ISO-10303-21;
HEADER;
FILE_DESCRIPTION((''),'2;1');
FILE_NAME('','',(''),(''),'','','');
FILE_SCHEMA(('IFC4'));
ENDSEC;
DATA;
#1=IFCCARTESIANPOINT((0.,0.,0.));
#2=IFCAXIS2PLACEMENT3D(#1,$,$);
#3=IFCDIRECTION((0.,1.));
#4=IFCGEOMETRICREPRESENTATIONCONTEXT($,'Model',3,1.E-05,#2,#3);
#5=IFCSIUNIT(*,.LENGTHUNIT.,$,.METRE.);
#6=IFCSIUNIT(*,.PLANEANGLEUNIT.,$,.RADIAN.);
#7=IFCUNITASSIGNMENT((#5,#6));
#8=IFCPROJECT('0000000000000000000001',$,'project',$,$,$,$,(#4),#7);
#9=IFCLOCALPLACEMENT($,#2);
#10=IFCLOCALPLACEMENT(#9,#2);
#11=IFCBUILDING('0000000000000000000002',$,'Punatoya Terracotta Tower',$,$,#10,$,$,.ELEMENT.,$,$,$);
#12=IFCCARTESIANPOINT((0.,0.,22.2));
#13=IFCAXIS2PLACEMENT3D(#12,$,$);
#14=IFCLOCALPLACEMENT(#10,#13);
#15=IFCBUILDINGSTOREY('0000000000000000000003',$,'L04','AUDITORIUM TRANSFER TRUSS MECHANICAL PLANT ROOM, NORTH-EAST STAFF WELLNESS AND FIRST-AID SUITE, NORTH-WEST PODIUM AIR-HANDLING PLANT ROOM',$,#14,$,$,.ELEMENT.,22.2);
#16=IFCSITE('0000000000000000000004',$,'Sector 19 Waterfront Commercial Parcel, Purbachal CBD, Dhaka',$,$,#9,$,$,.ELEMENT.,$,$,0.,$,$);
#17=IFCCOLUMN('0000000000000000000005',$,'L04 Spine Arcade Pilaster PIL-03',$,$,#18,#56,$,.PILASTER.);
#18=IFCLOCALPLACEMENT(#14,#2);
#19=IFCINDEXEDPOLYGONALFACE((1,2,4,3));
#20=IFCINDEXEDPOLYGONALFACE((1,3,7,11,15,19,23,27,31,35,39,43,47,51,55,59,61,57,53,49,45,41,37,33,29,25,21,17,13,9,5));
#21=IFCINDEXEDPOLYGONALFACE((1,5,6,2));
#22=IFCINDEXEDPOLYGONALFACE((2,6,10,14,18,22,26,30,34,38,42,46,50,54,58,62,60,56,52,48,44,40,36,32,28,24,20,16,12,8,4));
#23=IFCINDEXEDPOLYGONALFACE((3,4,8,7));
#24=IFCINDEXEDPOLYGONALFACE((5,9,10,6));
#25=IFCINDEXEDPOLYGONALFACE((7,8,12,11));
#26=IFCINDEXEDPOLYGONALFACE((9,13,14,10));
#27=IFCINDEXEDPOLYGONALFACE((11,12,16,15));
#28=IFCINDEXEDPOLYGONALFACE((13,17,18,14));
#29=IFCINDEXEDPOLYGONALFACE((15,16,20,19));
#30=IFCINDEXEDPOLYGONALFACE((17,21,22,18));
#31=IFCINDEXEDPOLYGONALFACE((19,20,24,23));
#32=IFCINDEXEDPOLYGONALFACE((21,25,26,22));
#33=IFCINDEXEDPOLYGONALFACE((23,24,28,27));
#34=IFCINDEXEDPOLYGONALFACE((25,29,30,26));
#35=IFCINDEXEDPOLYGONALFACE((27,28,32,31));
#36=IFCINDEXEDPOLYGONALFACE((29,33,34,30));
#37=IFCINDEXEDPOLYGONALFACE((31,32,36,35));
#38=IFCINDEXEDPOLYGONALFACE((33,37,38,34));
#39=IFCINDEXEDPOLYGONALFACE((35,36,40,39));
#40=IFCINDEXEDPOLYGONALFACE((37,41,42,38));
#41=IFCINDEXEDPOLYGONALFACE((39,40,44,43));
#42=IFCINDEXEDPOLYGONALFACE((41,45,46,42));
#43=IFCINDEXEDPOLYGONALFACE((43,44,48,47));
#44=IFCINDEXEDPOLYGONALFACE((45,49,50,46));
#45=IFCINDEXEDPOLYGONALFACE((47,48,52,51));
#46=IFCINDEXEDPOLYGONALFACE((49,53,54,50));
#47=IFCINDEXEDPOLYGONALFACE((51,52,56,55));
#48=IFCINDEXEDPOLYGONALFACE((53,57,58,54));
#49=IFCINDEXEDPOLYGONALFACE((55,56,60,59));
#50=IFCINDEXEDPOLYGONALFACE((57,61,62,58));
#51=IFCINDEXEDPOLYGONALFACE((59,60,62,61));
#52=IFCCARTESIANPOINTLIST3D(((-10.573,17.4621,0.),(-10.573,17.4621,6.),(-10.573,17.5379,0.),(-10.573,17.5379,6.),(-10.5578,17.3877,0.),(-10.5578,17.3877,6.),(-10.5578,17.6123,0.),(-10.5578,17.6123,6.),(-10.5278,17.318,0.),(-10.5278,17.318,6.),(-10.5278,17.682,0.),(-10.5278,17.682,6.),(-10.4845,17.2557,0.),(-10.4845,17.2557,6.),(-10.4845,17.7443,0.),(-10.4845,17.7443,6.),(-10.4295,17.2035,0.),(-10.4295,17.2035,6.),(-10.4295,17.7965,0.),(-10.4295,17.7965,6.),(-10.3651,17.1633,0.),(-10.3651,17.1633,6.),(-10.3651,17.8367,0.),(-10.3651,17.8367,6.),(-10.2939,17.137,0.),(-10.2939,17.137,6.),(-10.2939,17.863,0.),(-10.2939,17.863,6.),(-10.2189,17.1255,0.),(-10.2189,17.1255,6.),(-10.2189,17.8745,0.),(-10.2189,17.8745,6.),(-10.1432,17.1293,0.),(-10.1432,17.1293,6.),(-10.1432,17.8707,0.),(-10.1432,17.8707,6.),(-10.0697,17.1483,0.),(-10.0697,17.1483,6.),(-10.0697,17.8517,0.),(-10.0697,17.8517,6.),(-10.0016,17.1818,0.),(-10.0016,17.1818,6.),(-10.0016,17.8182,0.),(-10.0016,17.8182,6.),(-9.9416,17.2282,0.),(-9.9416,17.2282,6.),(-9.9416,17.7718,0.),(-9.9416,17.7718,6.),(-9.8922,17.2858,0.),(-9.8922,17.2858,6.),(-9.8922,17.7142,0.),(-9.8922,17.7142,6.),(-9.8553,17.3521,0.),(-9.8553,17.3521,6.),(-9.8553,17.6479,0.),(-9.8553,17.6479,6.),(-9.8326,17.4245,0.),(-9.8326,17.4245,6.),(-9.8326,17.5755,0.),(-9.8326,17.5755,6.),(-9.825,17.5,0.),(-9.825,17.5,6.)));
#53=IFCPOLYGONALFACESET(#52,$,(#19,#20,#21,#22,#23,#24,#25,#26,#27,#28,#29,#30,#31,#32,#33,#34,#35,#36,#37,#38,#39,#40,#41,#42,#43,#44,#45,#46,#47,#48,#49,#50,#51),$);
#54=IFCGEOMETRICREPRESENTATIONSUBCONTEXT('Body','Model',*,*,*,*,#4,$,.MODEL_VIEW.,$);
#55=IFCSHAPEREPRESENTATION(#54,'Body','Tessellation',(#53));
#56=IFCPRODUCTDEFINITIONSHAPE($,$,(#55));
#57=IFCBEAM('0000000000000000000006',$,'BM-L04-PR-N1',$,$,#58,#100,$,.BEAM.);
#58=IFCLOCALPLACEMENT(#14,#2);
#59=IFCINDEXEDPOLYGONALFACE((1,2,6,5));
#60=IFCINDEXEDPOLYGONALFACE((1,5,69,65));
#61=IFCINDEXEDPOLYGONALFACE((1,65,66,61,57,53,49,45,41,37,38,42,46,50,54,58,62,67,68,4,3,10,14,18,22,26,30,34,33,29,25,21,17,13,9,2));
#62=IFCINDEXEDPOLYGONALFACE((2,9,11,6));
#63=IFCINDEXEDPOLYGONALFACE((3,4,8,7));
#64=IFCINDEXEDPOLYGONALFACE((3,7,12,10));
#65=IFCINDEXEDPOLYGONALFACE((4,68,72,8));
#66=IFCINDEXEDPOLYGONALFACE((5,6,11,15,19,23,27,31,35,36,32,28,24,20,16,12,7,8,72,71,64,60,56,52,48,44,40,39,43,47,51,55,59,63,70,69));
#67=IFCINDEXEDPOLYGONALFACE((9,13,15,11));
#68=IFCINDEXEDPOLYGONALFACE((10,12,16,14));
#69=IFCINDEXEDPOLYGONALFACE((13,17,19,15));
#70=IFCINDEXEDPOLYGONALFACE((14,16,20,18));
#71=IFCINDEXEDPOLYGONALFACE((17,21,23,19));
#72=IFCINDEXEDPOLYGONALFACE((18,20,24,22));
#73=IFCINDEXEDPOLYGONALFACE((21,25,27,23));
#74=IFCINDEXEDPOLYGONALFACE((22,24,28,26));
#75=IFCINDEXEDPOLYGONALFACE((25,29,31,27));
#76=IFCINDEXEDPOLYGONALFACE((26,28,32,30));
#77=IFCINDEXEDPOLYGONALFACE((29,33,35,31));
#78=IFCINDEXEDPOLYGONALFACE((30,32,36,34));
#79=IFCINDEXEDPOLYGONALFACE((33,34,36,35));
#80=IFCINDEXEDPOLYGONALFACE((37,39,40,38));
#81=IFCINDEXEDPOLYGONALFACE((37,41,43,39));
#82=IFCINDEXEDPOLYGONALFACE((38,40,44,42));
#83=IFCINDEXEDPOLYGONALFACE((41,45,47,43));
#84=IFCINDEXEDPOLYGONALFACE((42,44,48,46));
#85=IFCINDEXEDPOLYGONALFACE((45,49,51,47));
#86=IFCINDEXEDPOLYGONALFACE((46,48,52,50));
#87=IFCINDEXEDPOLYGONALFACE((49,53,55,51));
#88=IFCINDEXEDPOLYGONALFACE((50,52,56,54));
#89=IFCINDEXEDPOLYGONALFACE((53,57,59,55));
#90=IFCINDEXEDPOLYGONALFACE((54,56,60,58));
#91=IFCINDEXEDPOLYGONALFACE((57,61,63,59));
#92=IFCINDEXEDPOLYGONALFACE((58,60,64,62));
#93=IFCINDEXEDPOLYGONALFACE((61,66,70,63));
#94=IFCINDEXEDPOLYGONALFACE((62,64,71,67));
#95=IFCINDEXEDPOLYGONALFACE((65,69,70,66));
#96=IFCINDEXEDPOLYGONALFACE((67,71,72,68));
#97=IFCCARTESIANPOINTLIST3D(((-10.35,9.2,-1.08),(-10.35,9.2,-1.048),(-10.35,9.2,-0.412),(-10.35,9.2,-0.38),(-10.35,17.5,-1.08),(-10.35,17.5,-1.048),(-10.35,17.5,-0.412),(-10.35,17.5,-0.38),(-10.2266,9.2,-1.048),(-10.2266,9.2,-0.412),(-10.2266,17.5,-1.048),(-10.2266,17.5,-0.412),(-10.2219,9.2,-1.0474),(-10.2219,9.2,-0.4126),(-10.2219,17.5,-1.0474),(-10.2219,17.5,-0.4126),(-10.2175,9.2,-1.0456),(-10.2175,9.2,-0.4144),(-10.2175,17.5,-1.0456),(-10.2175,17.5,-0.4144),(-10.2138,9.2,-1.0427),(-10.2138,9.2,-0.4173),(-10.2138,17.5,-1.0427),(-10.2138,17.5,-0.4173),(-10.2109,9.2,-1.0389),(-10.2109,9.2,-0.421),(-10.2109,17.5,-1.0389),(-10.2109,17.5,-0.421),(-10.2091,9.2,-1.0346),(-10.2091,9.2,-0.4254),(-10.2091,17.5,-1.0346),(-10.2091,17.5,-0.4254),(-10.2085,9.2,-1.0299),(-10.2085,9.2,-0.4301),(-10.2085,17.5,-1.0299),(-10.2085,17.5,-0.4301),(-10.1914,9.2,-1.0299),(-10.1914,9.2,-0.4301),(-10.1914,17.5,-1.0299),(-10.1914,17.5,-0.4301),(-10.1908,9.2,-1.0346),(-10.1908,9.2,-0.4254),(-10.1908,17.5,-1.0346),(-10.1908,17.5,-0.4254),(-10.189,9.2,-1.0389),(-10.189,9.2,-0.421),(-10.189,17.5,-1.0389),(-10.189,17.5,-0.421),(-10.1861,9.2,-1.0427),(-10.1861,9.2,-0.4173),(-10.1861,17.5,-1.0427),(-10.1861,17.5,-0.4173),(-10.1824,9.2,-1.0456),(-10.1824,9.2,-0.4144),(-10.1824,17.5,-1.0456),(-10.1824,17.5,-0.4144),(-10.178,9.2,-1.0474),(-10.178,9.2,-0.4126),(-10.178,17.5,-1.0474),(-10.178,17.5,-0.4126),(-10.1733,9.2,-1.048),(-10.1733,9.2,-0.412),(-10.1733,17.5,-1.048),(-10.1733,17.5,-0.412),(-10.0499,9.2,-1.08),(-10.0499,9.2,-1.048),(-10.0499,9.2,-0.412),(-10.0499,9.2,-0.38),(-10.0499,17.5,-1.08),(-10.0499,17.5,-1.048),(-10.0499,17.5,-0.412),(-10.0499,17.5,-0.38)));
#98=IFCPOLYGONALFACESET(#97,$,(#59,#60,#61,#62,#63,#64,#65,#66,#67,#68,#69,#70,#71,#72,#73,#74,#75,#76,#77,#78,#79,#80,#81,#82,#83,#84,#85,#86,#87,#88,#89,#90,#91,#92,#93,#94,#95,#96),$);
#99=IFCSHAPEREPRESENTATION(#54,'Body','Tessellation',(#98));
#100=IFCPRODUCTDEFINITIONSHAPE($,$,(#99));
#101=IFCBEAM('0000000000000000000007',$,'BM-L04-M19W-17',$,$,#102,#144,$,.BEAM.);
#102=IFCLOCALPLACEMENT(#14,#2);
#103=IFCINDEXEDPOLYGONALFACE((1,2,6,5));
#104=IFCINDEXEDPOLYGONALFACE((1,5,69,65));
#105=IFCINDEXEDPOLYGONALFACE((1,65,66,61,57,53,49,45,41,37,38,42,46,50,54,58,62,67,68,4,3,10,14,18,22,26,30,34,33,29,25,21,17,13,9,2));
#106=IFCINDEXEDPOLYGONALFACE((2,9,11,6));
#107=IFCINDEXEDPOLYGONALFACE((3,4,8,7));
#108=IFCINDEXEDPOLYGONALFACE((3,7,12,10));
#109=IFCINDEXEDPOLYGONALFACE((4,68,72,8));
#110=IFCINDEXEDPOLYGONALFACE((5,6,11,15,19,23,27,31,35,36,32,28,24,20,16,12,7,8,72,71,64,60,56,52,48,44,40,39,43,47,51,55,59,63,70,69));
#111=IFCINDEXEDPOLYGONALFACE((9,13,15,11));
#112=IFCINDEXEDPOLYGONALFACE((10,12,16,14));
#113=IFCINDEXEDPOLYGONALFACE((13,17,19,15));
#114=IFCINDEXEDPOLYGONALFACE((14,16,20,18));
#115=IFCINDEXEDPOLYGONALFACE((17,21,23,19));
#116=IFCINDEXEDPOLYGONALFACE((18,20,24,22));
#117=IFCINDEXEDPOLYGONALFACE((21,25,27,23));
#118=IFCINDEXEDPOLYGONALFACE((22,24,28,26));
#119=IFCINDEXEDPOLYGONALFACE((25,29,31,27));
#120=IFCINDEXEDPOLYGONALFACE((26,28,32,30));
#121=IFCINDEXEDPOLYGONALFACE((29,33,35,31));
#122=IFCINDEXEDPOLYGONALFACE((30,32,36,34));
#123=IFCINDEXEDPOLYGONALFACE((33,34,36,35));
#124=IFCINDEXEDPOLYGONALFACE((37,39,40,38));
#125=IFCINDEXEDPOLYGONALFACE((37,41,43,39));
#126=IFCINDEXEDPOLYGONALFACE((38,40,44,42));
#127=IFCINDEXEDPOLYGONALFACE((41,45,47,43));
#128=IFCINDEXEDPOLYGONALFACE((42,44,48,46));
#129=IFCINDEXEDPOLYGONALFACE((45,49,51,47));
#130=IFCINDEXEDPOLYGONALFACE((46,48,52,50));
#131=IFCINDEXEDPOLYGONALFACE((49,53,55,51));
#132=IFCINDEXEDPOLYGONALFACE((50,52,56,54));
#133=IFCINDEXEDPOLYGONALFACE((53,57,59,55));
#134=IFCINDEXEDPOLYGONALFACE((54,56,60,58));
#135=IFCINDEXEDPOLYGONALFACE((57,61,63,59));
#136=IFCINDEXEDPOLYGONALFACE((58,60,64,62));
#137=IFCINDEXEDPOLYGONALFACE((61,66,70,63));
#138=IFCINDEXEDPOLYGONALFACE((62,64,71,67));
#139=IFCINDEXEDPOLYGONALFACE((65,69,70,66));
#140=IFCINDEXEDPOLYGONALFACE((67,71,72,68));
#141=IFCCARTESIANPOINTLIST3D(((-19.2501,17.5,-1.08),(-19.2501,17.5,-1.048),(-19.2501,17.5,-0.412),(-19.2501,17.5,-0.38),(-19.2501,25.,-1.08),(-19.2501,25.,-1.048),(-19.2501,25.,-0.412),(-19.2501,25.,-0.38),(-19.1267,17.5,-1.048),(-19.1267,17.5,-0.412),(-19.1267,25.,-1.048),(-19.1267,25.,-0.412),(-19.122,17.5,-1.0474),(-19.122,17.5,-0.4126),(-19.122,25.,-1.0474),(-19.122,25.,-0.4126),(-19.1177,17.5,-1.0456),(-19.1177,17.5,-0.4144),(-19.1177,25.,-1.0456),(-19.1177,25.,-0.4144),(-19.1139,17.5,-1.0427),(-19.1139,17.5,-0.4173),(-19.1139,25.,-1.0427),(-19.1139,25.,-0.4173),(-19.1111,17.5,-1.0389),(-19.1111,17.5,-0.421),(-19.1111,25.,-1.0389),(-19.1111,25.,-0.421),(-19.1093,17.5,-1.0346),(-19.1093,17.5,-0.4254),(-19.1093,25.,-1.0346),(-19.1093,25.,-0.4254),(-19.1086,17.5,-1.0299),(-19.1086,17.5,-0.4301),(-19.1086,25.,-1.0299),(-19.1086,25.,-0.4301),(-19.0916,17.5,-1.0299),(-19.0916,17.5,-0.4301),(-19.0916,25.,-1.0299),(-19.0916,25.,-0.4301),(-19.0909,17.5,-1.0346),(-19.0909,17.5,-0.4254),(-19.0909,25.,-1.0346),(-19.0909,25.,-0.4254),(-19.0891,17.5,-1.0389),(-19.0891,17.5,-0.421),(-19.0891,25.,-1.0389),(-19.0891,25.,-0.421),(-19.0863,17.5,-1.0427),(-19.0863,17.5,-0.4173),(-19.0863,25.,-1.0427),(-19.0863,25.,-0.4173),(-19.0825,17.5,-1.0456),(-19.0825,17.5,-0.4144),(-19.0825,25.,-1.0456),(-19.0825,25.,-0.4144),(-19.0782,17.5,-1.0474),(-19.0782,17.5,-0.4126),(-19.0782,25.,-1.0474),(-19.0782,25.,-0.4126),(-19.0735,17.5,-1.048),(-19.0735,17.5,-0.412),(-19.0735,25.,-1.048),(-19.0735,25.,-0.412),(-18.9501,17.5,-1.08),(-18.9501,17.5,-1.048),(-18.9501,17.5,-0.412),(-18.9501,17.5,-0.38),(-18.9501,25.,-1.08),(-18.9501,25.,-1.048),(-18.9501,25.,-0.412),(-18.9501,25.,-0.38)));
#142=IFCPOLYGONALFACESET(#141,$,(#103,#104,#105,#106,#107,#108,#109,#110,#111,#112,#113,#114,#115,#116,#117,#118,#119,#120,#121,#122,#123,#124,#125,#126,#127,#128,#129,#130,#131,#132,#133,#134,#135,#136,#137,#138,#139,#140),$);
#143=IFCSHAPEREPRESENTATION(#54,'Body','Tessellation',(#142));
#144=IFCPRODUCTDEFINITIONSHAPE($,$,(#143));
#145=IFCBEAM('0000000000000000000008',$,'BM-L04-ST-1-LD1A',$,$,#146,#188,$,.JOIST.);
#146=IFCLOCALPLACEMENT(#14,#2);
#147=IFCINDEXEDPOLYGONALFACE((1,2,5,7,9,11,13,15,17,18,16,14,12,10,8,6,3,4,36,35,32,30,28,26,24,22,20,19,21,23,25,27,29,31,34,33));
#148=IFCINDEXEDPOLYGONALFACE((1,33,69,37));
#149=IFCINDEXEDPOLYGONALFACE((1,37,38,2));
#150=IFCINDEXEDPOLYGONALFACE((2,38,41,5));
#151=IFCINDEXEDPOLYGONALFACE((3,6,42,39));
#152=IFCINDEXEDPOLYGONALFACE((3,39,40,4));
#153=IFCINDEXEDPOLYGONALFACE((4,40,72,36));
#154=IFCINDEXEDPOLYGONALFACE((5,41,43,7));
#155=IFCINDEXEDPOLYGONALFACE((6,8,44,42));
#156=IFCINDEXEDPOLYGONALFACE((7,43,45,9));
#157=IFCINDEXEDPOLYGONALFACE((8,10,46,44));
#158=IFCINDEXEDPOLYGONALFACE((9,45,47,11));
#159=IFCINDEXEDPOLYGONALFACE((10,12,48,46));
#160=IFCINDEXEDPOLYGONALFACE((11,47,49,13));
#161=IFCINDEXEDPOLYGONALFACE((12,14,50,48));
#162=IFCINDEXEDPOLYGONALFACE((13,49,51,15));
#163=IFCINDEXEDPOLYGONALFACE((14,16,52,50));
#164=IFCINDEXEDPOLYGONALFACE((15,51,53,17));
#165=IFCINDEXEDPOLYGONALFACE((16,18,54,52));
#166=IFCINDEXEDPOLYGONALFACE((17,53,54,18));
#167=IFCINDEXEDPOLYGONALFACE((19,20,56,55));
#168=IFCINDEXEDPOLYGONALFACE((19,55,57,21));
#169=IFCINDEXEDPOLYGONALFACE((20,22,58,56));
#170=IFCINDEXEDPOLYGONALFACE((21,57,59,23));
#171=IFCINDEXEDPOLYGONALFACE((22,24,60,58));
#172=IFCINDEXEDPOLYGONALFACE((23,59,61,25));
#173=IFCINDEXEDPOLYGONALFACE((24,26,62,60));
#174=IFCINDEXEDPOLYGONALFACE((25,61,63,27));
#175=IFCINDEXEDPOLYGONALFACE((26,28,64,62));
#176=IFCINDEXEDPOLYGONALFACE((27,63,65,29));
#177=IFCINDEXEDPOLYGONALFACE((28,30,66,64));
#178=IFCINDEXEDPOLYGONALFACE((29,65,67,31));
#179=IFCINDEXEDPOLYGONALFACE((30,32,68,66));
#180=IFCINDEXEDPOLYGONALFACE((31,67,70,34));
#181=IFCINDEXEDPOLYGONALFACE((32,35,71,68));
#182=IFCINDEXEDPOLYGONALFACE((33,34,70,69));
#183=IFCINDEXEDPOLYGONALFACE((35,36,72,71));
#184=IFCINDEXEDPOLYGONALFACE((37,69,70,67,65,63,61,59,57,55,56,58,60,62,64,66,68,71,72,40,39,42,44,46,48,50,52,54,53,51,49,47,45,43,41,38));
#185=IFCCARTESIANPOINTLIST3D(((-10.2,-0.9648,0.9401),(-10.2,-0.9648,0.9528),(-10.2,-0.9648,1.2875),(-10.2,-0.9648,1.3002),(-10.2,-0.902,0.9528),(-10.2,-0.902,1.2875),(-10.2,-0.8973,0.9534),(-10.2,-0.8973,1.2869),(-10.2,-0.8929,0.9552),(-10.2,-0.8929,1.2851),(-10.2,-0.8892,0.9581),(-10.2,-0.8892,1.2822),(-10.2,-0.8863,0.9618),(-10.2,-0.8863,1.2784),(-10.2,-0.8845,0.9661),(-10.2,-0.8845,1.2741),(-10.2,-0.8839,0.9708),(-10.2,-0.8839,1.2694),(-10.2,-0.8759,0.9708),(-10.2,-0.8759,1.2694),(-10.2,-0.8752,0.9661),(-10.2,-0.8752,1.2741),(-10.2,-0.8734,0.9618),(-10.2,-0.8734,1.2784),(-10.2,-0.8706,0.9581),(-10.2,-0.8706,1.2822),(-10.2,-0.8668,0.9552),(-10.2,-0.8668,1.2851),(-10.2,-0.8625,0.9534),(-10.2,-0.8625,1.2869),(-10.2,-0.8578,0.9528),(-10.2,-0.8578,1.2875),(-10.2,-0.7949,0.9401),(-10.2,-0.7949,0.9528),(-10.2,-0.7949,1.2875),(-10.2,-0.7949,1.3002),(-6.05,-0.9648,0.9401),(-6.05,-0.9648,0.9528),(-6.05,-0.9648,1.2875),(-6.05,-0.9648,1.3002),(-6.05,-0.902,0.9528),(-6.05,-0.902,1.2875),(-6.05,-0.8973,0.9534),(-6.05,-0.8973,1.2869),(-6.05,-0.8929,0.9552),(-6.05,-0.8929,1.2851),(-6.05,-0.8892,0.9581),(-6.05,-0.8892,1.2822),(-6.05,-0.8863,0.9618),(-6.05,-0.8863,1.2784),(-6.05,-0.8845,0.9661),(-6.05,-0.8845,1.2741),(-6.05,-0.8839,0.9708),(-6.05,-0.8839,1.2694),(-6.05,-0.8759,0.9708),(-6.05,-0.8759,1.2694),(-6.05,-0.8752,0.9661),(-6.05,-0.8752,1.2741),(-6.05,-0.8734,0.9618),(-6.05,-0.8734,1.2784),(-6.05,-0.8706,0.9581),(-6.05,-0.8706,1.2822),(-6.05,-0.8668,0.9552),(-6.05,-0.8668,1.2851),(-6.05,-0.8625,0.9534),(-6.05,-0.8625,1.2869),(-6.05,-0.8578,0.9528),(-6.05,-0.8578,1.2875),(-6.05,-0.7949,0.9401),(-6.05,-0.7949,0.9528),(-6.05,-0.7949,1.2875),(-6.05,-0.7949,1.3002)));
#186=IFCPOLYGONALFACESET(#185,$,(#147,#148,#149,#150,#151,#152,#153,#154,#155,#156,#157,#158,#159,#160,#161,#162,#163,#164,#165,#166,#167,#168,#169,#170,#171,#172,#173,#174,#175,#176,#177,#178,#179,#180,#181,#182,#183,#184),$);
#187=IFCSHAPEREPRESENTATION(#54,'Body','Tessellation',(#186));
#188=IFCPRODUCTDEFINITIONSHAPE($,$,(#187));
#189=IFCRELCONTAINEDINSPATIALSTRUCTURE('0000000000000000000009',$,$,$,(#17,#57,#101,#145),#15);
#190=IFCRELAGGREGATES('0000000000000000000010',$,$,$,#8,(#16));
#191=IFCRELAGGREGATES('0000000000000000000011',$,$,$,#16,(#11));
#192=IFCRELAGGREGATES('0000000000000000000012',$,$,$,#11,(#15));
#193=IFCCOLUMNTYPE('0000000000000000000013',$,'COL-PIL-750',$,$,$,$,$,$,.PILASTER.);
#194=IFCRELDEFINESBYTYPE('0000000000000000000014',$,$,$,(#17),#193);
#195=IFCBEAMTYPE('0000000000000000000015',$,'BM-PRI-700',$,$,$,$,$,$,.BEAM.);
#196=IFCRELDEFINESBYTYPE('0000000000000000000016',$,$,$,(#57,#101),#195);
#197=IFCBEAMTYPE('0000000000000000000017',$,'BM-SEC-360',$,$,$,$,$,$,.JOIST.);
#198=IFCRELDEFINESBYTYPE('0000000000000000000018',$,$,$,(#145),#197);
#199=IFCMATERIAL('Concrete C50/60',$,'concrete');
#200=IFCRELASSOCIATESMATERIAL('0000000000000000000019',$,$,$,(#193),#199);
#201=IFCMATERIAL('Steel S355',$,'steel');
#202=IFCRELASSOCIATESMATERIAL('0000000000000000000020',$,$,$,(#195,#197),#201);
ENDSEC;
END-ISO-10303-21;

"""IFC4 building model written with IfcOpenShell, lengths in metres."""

from ifc_helpers import new_model, si_unit, direction, frame, origin, origin_2d, place, context, subcontext, project, spatial, circle, i_section, extrude, material, material_profile, profile_set, type_object, element, save


model = new_model("IFC4")

# Units and contexts
model_context = context("Model", 3, precision=1e-05, world=origin(), true_north=direction((0.0, 1.0)))
body_context = subcontext(model_context, "Body", "Model", "MODEL_VIEW")
ifc_project = project(units=[si_unit("LENGTHUNIT", "METRE"), si_unit("PLANEANGLEUNIT", "RADIAN")], contexts=[model_context])

# Site, building, storey
site_placement = place(None, origin())
site = spatial("IfcSite", under=ifc_project, at=site_placement, Name="Sector 19 Waterfront Commercial Parcel, Purbachal CBD, Dhaka", CompositionType="ELEMENT", RefElevation=0.0)
building_placement = place(site_placement, origin())
building = spatial("IfcBuilding", under=site, at=building_placement, Name="Punatoya Terracotta Tower", CompositionType="ELEMENT")
storey_placement = place(building_placement, frame((0.0, 0.0, 22.2)))
storey = spatial("IfcBuildingStorey", under=building, at=storey_placement, Name="L04", Description="AUDITORIUM TRANSFER TRUSS MECHANICAL PLANT ROOM, NORTH-EAST STAFF WELLNESS AND FIRST-AID SUITE, NORTH-WEST PODIUM AIR-HANDLING PLANT ROOM", CompositionType="ELEMENT", Elevation=22.2)

# Column
ifc_material_1 = material(Name="Concrete C50/60", Category="concrete")
ifc_material_profile_1 = material_profile(ifc_material_1, circle(Radius=0.375, at=origin_2d()))
ifc_profile_set_1 = profile_set([ifc_material_profile_1], Name="Concrete C50/60")
column_type = type_object("IfcColumnType", Name="COL-PIL-750", PredefinedType="PILASTER", material=ifc_profile_set_1)
column_placement = place(storey_placement, frame((-10.2, 17.5, 0.0), z_axis=(0.0, 0.0, 1.0), x_axis=(1.0, 0.0, 0.0)))
element("IfcColumn", 1, at=column_placement, inside=storey, type_object=column_type, Name="L04 Spine Arcade Pilaster PIL-03", PredefinedType="PILASTER", context=body_context, shape_type="SweptSolid", body=[
    extrude(circle(Radius=0.375, at=origin_2d()), origin(), (0.0, 0.0, 1.0), 6.0),
])

# Beams
ifc_material_2 = material(Name="Steel S355", Category="steel")
ifc_material_profile_2 = material_profile(ifc_material_2, i_section(OverallWidth=0.3, OverallDepth=0.7, WebThickness=0.0171, FlangeThickness=0.032, FilletRadius=0.0181, at=origin_2d()))
ifc_profile_set_2 = profile_set([ifc_material_profile_2], Name="Steel S355")
beam_type_1 = type_object("IfcBeamType", Name="BM-PRI-700", PredefinedType="BEAM", material=ifc_profile_set_2)
beam_1_placement = place(storey_placement, frame((-10.2, 9.2, -0.73), z_axis=(0.0, 1.0, 0.0), x_axis=(-1.0, 0.0, 0.0)))
element("IfcBeam", 2, at=beam_1_placement, inside=storey, type_object=beam_type_1, Name="BM-L04-PR-N1", PredefinedType="BEAM", context=body_context, shape_type="SweptSolid", body=[
    extrude(i_section(OverallWidth=0.3, OverallDepth=0.7, WebThickness=0.0171, FlangeThickness=0.032, FilletRadius=0.0181, at=origin_2d()), origin(), (0.0, 0.0, 1.0), 8.3),
])
beam_2_placement = place(storey_placement, frame((-19.1001, 17.5, -0.73), z_axis=(0.0, 1.0, 0.0), x_axis=(-1.0, 0.0, 0.0)))
element("IfcBeam", 3, at=beam_2_placement, inside=storey, type_object=beam_type_1, Name="BM-L04-M19W-17", PredefinedType="BEAM", context=body_context, shape_type="SweptSolid", body=[
    extrude(i_section(OverallWidth=0.3, OverallDepth=0.7, WebThickness=0.0171, FlangeThickness=0.032, FilletRadius=0.0181, at=origin_2d()), origin(), (0.0, 0.0, 1.0), 7.5),
])
ifc_material_profile_3 = material_profile(ifc_material_2, i_section(OverallWidth=0.1699, OverallDepth=0.3601, WebThickness=0.0081, FlangeThickness=0.0127, FilletRadius=0.0181, at=origin_2d()))
ifc_profile_set_3 = profile_set([ifc_material_profile_3], Name="Steel S355")
beam_type_2 = type_object("IfcBeamType", Name="BM-SEC-360", PredefinedType="JOIST", material=ifc_profile_set_3)
for number, where, z_axis, x_axis, name in (
    (4, (-10.2, -0.8799, 1.1201), (1.0, 0.0, 0.0), (0.0, 1.0, 0.0), "BM-L04-ST-1-LD1A"),
):
    element("IfcBeam", number, at=place(storey_placement, frame(where, z_axis=z_axis, x_axis=x_axis)), inside=storey, type_object=beam_type_2, Name=name, PredefinedType="JOIST", context=body_context, shape_type="SweptSolid", body=[
        extrude(i_section(OverallWidth=0.1699, OverallDepth=0.3601, WebThickness=0.0081, FlangeThickness=0.0127, FilletRadius=0.0181, at=origin_2d()), origin(), (0.0, 0.0, 1.0), 4.1499),
    ])

save(model, "model.ifc")
